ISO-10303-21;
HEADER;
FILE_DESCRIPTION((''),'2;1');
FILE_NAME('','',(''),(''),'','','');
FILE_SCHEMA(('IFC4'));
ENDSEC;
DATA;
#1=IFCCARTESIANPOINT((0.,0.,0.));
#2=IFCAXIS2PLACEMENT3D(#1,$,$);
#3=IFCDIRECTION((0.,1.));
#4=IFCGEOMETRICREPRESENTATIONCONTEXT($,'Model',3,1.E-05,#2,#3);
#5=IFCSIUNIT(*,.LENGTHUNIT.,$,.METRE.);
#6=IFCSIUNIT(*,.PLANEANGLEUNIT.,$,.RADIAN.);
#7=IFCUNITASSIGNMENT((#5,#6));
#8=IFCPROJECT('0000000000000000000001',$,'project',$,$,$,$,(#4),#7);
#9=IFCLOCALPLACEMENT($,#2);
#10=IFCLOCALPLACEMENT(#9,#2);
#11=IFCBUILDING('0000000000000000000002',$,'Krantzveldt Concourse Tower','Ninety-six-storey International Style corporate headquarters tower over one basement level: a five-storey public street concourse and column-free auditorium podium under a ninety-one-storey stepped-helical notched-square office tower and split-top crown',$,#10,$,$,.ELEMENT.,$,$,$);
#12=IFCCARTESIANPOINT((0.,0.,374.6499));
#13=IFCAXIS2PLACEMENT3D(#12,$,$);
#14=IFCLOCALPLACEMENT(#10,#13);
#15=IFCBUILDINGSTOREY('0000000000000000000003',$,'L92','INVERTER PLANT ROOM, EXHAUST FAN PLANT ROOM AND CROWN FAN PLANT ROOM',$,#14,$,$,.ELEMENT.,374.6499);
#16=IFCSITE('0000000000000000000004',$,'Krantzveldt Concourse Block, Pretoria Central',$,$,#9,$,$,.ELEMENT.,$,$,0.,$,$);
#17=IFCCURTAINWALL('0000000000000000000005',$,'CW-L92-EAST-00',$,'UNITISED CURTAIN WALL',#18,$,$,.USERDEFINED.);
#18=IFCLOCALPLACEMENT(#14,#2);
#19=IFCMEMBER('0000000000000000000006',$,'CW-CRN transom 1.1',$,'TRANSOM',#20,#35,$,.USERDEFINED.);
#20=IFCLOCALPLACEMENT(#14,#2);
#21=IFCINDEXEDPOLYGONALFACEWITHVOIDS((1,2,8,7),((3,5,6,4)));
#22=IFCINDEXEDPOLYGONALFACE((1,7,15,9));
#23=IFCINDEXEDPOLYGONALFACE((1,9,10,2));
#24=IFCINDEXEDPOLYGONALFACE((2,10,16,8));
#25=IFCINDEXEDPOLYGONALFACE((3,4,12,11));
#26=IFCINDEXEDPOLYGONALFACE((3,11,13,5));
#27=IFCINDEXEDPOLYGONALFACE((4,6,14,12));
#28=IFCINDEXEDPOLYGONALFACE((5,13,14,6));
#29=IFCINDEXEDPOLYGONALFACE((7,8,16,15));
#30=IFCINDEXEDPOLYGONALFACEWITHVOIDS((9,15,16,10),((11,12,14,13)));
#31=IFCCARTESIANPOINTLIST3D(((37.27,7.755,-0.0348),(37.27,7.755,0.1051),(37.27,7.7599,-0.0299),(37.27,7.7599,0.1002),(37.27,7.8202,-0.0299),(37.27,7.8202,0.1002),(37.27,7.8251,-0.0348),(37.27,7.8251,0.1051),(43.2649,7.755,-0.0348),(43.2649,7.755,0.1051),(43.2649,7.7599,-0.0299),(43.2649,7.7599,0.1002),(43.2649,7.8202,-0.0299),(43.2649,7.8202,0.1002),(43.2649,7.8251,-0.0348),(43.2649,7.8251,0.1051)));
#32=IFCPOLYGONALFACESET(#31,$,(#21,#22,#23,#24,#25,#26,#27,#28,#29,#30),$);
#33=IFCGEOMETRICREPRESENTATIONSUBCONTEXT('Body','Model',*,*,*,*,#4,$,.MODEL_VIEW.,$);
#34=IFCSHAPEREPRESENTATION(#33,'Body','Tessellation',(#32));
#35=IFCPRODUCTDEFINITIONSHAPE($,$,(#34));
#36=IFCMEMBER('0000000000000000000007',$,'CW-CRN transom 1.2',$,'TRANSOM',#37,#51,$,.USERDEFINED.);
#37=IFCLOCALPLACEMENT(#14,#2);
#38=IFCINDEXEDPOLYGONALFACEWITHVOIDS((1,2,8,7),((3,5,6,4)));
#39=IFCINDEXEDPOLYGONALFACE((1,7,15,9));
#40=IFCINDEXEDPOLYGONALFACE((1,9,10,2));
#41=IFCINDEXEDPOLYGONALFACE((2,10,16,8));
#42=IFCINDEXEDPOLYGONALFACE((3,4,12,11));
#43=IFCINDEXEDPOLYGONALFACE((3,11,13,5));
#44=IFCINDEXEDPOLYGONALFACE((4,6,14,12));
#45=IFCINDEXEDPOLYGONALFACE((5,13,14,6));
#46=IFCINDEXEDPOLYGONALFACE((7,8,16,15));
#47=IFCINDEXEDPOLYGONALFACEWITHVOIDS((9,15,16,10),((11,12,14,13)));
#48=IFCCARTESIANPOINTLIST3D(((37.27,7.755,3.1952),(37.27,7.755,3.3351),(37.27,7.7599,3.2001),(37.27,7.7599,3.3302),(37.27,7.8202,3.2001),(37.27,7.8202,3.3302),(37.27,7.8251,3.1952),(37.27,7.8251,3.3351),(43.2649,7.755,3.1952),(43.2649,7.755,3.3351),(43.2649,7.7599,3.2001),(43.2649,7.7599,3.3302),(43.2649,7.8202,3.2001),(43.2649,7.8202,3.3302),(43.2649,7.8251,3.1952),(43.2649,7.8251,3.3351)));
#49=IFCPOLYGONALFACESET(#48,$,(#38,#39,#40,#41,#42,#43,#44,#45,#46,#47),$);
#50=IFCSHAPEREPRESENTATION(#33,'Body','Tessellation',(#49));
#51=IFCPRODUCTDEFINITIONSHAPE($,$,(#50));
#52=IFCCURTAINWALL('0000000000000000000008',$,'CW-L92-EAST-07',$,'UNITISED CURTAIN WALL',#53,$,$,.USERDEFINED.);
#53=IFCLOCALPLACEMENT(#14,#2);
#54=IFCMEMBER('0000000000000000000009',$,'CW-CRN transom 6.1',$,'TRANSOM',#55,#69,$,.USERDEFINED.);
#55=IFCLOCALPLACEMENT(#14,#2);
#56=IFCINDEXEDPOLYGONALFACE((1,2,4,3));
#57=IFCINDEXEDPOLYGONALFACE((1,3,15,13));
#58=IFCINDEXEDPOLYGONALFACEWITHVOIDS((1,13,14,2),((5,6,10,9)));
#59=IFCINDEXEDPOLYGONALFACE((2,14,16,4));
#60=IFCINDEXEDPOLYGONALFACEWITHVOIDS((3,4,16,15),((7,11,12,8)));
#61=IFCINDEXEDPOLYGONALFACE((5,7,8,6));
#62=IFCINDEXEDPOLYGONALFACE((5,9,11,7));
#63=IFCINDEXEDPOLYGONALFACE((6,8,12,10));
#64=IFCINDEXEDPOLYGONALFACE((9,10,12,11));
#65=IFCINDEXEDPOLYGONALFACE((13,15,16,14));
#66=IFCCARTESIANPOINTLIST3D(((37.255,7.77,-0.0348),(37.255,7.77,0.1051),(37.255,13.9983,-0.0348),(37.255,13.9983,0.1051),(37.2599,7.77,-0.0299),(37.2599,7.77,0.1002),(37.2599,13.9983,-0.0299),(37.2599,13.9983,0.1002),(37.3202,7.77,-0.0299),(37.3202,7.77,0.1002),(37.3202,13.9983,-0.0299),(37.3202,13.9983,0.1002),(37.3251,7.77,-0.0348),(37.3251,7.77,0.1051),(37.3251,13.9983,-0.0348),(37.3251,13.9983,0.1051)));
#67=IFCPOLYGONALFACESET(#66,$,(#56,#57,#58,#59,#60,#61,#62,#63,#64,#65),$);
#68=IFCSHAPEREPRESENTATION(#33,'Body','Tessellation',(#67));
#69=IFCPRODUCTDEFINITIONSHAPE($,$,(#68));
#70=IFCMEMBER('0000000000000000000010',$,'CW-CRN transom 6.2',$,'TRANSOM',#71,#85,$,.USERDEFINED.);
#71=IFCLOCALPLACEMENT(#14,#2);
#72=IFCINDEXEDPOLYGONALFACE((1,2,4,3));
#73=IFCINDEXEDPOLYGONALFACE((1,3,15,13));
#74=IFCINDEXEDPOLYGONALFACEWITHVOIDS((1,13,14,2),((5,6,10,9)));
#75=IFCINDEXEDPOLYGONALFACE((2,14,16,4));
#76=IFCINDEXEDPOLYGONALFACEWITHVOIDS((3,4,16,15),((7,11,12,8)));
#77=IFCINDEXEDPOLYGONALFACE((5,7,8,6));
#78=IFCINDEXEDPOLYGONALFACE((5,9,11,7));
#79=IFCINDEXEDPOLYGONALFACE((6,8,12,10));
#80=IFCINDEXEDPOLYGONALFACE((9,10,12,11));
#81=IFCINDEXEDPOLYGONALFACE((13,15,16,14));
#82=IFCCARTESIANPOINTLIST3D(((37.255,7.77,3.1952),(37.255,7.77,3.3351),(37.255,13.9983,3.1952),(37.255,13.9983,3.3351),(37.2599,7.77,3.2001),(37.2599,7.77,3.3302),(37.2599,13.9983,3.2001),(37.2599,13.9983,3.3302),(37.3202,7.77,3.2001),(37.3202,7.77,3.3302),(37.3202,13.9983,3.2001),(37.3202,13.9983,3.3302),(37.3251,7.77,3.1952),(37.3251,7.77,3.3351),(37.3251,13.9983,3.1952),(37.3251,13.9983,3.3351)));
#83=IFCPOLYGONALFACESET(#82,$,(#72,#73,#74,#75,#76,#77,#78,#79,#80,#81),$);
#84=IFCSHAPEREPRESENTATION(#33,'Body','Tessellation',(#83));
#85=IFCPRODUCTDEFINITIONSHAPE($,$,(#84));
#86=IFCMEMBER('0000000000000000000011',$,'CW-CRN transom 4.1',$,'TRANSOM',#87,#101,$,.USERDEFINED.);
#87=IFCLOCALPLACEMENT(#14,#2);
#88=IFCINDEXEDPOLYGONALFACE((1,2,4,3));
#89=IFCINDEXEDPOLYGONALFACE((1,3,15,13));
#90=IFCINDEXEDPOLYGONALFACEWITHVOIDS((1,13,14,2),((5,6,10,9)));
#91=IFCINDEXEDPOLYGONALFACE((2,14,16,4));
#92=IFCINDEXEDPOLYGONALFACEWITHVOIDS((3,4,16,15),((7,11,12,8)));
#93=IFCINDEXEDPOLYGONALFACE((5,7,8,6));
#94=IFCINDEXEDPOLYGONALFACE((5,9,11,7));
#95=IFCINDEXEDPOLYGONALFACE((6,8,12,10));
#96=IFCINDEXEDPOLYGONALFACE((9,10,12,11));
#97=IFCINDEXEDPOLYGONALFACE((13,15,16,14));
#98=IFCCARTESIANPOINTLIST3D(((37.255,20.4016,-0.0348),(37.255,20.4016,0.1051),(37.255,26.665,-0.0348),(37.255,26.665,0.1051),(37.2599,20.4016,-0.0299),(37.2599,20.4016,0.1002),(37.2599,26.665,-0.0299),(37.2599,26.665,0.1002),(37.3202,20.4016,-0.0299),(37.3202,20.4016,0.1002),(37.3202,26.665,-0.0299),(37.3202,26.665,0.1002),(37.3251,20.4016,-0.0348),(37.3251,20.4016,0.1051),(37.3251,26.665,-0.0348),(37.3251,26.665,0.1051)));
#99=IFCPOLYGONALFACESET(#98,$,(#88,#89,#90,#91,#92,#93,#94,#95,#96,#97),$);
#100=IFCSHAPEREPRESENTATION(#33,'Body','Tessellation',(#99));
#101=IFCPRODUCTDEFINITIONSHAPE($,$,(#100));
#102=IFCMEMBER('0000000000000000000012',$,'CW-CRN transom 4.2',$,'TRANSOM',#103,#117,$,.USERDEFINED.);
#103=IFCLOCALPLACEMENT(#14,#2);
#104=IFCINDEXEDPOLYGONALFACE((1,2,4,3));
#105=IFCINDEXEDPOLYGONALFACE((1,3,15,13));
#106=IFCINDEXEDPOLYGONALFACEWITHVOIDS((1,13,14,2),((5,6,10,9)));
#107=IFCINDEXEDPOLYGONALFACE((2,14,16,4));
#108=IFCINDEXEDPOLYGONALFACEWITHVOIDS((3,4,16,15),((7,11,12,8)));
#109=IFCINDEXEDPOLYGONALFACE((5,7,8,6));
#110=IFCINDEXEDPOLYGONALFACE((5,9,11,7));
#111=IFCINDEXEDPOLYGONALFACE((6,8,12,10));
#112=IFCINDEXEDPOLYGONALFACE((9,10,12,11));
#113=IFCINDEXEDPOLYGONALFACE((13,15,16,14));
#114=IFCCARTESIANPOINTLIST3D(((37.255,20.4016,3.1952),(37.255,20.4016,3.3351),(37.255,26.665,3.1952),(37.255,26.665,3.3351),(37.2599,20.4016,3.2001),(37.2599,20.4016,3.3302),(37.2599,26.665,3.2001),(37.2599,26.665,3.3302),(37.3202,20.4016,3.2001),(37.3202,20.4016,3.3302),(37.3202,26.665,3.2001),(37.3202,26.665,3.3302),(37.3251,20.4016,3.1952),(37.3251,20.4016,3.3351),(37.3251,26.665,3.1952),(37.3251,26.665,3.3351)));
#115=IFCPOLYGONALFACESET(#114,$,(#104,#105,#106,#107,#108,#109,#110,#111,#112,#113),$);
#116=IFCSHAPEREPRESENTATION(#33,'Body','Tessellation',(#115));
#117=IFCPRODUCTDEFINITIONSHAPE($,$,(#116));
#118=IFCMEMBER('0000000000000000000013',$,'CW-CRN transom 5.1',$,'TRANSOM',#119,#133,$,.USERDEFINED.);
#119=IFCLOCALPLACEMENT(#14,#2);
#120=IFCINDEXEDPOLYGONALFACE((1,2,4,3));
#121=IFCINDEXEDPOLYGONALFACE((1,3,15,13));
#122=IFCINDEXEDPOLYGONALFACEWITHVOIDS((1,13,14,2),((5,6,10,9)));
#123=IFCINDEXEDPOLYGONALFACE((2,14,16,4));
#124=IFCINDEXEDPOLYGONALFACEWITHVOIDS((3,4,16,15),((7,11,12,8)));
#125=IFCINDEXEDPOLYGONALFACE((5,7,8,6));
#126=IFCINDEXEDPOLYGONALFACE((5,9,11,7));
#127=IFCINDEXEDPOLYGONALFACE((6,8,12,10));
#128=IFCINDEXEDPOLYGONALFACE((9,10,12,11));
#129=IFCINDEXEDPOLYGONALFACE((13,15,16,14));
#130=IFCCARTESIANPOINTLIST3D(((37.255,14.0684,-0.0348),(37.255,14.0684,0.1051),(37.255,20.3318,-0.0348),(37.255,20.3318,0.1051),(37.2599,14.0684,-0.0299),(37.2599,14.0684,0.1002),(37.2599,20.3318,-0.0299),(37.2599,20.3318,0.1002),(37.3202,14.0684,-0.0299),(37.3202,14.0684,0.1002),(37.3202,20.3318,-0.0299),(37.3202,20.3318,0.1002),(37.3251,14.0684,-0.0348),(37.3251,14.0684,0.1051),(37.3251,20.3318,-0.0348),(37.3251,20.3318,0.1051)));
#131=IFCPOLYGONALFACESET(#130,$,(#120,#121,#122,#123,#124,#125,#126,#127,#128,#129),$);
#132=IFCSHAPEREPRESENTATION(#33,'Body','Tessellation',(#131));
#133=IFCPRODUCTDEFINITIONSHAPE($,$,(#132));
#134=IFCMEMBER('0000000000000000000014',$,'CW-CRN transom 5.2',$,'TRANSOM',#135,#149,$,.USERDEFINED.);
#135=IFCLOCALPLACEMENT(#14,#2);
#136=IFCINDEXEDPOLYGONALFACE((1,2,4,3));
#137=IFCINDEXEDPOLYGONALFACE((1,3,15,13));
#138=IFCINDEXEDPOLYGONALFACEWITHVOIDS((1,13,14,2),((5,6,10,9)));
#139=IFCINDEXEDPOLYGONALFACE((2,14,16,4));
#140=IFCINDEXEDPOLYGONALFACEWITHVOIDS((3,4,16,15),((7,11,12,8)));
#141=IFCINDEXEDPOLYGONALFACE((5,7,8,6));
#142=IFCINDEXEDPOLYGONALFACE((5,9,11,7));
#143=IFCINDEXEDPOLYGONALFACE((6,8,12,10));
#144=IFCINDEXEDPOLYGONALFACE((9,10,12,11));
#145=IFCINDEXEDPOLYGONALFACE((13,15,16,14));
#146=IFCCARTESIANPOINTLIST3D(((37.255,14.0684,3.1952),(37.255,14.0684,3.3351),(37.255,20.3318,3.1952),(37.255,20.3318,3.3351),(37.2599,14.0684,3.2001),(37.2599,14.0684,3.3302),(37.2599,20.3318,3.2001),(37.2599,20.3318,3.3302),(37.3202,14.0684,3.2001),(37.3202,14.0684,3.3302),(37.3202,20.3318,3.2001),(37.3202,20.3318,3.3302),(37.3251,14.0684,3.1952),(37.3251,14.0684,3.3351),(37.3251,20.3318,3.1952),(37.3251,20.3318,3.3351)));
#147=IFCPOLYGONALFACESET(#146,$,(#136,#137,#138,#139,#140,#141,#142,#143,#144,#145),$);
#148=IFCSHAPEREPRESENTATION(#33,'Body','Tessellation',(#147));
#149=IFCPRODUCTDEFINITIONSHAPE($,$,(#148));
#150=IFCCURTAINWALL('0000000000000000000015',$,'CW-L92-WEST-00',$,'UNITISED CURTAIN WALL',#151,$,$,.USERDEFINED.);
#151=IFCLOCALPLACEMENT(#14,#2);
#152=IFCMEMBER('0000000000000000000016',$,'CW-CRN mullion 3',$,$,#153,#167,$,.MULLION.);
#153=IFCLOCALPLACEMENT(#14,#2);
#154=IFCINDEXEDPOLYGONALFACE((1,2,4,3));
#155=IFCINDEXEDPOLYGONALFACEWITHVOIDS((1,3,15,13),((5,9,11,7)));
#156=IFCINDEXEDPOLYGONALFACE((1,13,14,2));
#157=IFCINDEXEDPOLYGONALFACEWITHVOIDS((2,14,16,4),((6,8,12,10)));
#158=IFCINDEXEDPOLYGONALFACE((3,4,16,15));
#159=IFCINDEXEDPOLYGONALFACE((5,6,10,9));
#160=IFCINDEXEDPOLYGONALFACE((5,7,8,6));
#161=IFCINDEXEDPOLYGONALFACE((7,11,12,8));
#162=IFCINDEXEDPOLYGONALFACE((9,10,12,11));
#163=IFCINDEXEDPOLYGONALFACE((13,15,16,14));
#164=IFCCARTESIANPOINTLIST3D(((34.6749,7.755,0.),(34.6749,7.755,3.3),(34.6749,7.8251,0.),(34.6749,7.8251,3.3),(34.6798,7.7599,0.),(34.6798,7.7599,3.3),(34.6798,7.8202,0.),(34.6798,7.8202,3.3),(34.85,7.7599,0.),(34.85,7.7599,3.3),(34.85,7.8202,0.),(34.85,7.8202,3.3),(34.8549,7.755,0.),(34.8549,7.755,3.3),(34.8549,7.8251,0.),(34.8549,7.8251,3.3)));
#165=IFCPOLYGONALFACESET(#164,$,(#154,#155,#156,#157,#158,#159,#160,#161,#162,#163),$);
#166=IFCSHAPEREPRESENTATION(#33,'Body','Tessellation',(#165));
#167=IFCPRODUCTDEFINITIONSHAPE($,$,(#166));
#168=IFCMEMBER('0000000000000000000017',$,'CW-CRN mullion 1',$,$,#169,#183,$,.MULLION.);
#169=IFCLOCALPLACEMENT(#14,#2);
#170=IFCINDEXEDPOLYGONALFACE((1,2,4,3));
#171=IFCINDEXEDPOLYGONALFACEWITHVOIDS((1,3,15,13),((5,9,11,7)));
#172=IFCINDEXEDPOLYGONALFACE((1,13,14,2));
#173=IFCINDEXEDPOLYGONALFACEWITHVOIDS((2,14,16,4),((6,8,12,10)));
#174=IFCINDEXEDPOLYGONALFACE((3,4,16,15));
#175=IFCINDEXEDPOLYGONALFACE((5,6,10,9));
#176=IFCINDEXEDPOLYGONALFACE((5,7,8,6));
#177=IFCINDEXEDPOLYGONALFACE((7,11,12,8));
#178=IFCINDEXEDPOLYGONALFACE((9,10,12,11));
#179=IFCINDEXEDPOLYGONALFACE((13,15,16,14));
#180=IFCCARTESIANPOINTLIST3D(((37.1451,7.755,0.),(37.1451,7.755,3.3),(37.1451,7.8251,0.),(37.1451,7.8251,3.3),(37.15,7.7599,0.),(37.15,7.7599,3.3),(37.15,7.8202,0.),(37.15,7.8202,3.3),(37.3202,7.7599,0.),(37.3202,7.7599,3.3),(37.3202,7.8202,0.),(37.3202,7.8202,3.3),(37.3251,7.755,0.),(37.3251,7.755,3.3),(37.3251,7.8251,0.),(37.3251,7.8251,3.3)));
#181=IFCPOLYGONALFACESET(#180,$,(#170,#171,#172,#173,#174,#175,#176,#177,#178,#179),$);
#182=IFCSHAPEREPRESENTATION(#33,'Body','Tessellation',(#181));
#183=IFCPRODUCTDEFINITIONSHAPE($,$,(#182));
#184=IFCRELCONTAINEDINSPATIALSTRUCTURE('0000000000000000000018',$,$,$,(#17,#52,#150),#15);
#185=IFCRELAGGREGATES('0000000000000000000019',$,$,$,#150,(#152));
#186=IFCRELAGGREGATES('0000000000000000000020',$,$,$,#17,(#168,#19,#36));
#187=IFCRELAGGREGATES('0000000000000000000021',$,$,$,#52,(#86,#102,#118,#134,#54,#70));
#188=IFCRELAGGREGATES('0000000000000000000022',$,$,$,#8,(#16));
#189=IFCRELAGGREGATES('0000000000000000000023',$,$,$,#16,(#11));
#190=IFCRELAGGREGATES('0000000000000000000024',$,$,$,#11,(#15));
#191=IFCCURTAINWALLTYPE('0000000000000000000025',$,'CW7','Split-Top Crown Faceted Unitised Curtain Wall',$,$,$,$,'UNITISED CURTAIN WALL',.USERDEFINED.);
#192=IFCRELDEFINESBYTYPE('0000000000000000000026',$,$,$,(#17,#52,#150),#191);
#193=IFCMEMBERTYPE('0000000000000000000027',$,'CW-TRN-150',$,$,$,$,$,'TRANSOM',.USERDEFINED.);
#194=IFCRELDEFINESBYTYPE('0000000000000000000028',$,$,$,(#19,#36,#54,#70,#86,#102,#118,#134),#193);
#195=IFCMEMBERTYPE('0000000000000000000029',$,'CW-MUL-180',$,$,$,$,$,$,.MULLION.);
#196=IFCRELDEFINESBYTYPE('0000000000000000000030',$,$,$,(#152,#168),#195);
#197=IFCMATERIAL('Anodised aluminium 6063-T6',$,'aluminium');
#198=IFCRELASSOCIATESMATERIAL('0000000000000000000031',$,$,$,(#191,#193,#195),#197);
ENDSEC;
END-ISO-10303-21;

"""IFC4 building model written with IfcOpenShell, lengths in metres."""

from ifc_helpers import new_model, si_unit, direction, frame, origin, origin_2d, place, context, subcontext, project, spatial, hollow_rectangle, extrude, source, transform, mapped, material, material_profile, profile_set, type_object, type_shapes, element, aggregate, save


model = new_model("IFC4")

# Units and contexts
model_context = context("Model", 3, precision=1e-05, world=origin(), true_north=direction((0.0, 1.0)))
body_context = subcontext(model_context, "Body", "Model", "MODEL_VIEW")
ifc_project = project(units=[si_unit("LENGTHUNIT", "METRE"), si_unit("PLANEANGLEUNIT", "RADIAN")], contexts=[model_context])

# Site, building, storey
site_placement = place(None, origin())
site = spatial("IfcSite", under=ifc_project, at=site_placement, Name="Krantzveldt Concourse Block, Pretoria Central", CompositionType="ELEMENT", RefElevation=0.0)
building_placement = place(site_placement, origin())
building = spatial("IfcBuilding", under=site, at=building_placement, Name="Krantzveldt Concourse Tower", Description="Ninety-six-storey International Style corporate headquarters tower over one basement level: a five-storey public street concourse and column-free auditorium podium under a ninety-one-storey stepped-helical notched-square office tower and split-top crown", CompositionType="ELEMENT")
storey_placement = place(building_placement, frame((0.0, 0.0, 374.6499)))
storey = spatial("IfcBuildingStorey", under=building, at=storey_placement, Name="L92", Description="INVERTER PLANT ROOM, EXHAUST FAN PLANT ROOM AND CROWN FAN PLANT ROOM", CompositionType="ELEMENT", Elevation=374.6499)

# Curtain walls, members
ifc_material_1 = material(Name="Anodised aluminium 6063-T6", Category="aluminium")
curtain_wall_type = type_object("IfcCurtainWallType", Name="CW7", Description="Split-Top Crown Faceted Unitised Curtain Wall", ElementType="UNITISED CURTAIN WALL", PredefinedType="USERDEFINED", material=ifc_material_1)
curtain_wall_1_placement = place(storey_placement, origin())
curtain_wall_1 = element("IfcCurtainWall", 1, at=curtain_wall_1_placement, inside=storey, type_object=curtain_wall_type, Name="CW-L92-EAST-00", ObjectType="UNITISED CURTAIN WALL", PredefinedType="USERDEFINED")
ifc_material_profile_1 = material_profile(ifc_material_1, hollow_rectangle(XDim=0.0701, YDim=0.1399, WallThickness=0.0049, at=origin_2d()), Name="Anodised aluminium 6063-T6", Category="aluminium")
ifc_profile_set_1 = profile_set([ifc_material_profile_1], Name="Anodised aluminium 6063-T6 - ALU-TRAN 140x70x5")
member_type_1 = type_object("IfcMemberType", Name="CW-TRN-150", ElementType="TRANSOM", PredefinedType="USERDEFINED", material=ifc_profile_set_1)
shared_shape_1 = source(origin(), body_context, "Body", "SweptSolid", [
    extrude(hollow_rectangle(XDim=0.0701, YDim=0.1399, WallThickness=0.0049, at=origin_2d()), origin(), (0.0, 0.0, 1.0), 5.9949),
])
member_1_placement = place(storey_placement, frame((37.27, 7.79, 0.0352), z_axis=(1.0, 0.0, 0.0), x_axis=(0.0, 1.0, 0.0)))
member_1 = element("IfcMember", 2, at=member_1_placement, type_object=member_type_1, Name="CW-CRN transom 1.1", ObjectType="TRANSOM", PredefinedType="USERDEFINED", context=body_context, shape_type="MappedRepresentation", body=[
    mapped(shared_shape_1, transform((0.0, 0.0, 0.0), x_axis=(1.0, 0.0, 0.0), y_axis=(0.0, 1.0, 0.0), z_axis=(0.0, 0.0, 1.0), scale=1.0)),
])
member_2_placement = place(storey_placement, frame((37.27, 7.79, 3.2651), z_axis=(1.0, 0.0, 0.0), x_axis=(0.0, 1.0, 0.0)))
member_2 = element("IfcMember", 3, at=member_2_placement, type_object=member_type_1, Name="CW-CRN transom 1.2", ObjectType="TRANSOM", PredefinedType="USERDEFINED", context=body_context, shape_type="MappedRepresentation", body=[
    mapped(shared_shape_1, transform((0.0, 0.0, 0.0), x_axis=(1.0, 0.0, 0.0), y_axis=(0.0, 1.0, 0.0), z_axis=(0.0, 0.0, 1.0), scale=1.0)),
])
curtain_wall_2_placement = place(storey_placement, origin())
curtain_wall_2 = element("IfcCurtainWall", 4, at=curtain_wall_2_placement, inside=storey, type_object=curtain_wall_type, Name="CW-L92-EAST-07", ObjectType="UNITISED CURTAIN WALL", PredefinedType="USERDEFINED")
shared_shape_2 = source(origin(), body_context, "Body", "SweptSolid", [
    extrude(hollow_rectangle(XDim=0.0701, YDim=0.1399, WallThickness=0.0049, at=origin_2d()), origin(), (0.0, 0.0, 1.0), 6.2283),
])
member_3_placement = place(storey_placement, frame((37.29, 13.9983, 0.0352), z_axis=(0.0, -1.0, 0.0), x_axis=(1.0, 0.0, 0.0)))
member_3 = element("IfcMember", 5, at=member_3_placement, type_object=member_type_1, Name="CW-CRN transom 6.1", ObjectType="TRANSOM", PredefinedType="USERDEFINED", context=body_context, shape_type="MappedRepresentation", body=[
    mapped(shared_shape_2, transform((0.0, 0.0, 0.0), x_axis=(1.0, 0.0, 0.0), y_axis=(0.0, 1.0, 0.0), z_axis=(0.0, 0.0, 1.0), scale=1.0)),
])
member_4_placement = place(storey_placement, frame((37.29, 13.9983, 3.2651), z_axis=(0.0, -1.0, 0.0), x_axis=(1.0, 0.0, 0.0)))
member_4 = element("IfcMember", 6, at=member_4_placement, type_object=member_type_1, Name="CW-CRN transom 6.2", ObjectType="TRANSOM", PredefinedType="USERDEFINED", context=body_context, shape_type="MappedRepresentation", body=[
    mapped(shared_shape_2, transform((0.0, 0.0, 0.0), x_axis=(1.0, 0.0, 0.0), y_axis=(0.0, 1.0, 0.0), z_axis=(0.0, 0.0, 1.0), scale=1.0)),
])
shared_shape_3 = source(origin(), body_context, "Body", "SweptSolid", [
    extrude(hollow_rectangle(XDim=0.0701, YDim=0.1399, WallThickness=0.0049, at=origin_2d()), origin(), (0.0, 0.0, 1.0), 6.2634),
])
type_shapes(member_type_1, [shared_shape_1, shared_shape_2, shared_shape_3])
member_5_placement = place(storey_placement, frame((37.29, 26.665, 0.0352), z_axis=(0.0, -1.0, 0.0), x_axis=(1.0, 0.0, 0.0)))
member_5 = element("IfcMember", 7, at=member_5_placement, type_object=member_type_1, Name="CW-CRN transom 4.1", ObjectType="TRANSOM", PredefinedType="USERDEFINED", context=body_context, shape_type="MappedRepresentation", body=[
    mapped(shared_shape_3, transform((0.0, 0.0, 0.0), x_axis=(1.0, 0.0, 0.0), y_axis=(0.0, 1.0, 0.0), z_axis=(0.0, 0.0, 1.0), scale=1.0)),
])
member_6_placement = place(storey_placement, frame((37.29, 26.665, 3.2651), z_axis=(0.0, -1.0, 0.0), x_axis=(1.0, 0.0, 0.0)))
member_6 = element("IfcMember", 8, at=member_6_placement, type_object=member_type_1, Name="CW-CRN transom 4.2", ObjectType="TRANSOM", PredefinedType="USERDEFINED", context=body_context, shape_type="MappedRepresentation", body=[
    mapped(shared_shape_3, transform((0.0, 0.0, 0.0), x_axis=(1.0, 0.0, 0.0), y_axis=(0.0, 1.0, 0.0), z_axis=(0.0, 0.0, 1.0), scale=1.0)),
])
member_7_placement = place(storey_placement, frame((37.29, 20.3318, 0.0352), z_axis=(0.0, -1.0, 0.0), x_axis=(1.0, 0.0, 0.0)))
member_7 = element("IfcMember", 9, at=member_7_placement, type_object=member_type_1, Name="CW-CRN transom 5.1", ObjectType="TRANSOM", PredefinedType="USERDEFINED", context=body_context, shape_type="MappedRepresentation", body=[
    mapped(shared_shape_3, transform((0.0, 0.0, 0.0), x_axis=(1.0, 0.0, 0.0), y_axis=(0.0, 1.0, 0.0), z_axis=(0.0, 0.0, 1.0), scale=1.0)),
])
member_8_placement = place(storey_placement, frame((37.29, 20.3318, 3.2651), z_axis=(0.0, -1.0, 0.0), x_axis=(1.0, 0.0, 0.0)))
member_8 = element("IfcMember", 10, at=member_8_placement, type_object=member_type_1, Name="CW-CRN transom 5.2", ObjectType="TRANSOM", PredefinedType="USERDEFINED", context=body_context, shape_type="MappedRepresentation", body=[
    mapped(shared_shape_3, transform((0.0, 0.0, 0.0), x_axis=(1.0, 0.0, 0.0), y_axis=(0.0, 1.0, 0.0), z_axis=(0.0, 0.0, 1.0), scale=1.0)),
])

# Curtain wall, member
curtain_wall_3_placement = place(storey_placement, origin())
curtain_wall_3 = element("IfcCurtainWall", 11, at=curtain_wall_3_placement, inside=storey, type_object=curtain_wall_type, Name="CW-L92-WEST-00", ObjectType="UNITISED CURTAIN WALL", PredefinedType="USERDEFINED")
ifc_material_profile_2 = material_profile(ifc_material_1, hollow_rectangle(XDim=0.0701, YDim=0.1799, WallThickness=0.0049, at=origin_2d()), Name="Anodised aluminium 6063-T6", Category="aluminium")
ifc_profile_set_2 = profile_set([ifc_material_profile_2], Name="Anodised aluminium 6063-T6 - ALU-MULL 180x70x5")
member_type_2 = type_object("IfcMemberType", Name="CW-MUL-180", PredefinedType="MULLION", material=ifc_profile_set_2)
shared_shape_4 = source(origin(), body_context, "Body", "SweptSolid", [
    extrude(hollow_rectangle(XDim=0.0701, YDim=0.1799, WallThickness=0.0049, at=origin_2d()), origin(), (0.0, 0.0, 1.0), 3.3),
])
type_shapes(member_type_2, [shared_shape_4])
member_9_placement = place(storey_placement, frame((34.7649, 7.79, 0.0), z_axis=(0.0, 0.0, 1.0), x_axis=(0.0, 1.0, 0.0)))
member_9 = element("IfcMember", 12, at=member_9_placement, type_object=member_type_2, Name="CW-CRN mullion 3", PredefinedType="MULLION", context=body_context, shape_type="MappedRepresentation", body=[
    mapped(shared_shape_4, transform((0.0, 0.0, 0.0), x_axis=(1.0, 0.0, 0.0), y_axis=(0.0, 1.0, 0.0), z_axis=(0.0, 0.0, 1.0), scale=1.0)),
])
aggregate(curtain_wall_3, [member_9])

# Member
member_10_placement = place(storey_placement, frame((37.2351, 7.79, 0.0), z_axis=(0.0, 0.0, 1.0), x_axis=(0.0, 1.0, 0.0)))
member_10 = element("IfcMember", 13, at=member_10_placement, type_object=member_type_2, Name="CW-CRN mullion 1", PredefinedType="MULLION", context=body_context, shape_type="MappedRepresentation", body=[
    mapped(shared_shape_4, transform((0.0, 0.0, 0.0), x_axis=(1.0, 0.0, 0.0), y_axis=(0.0, 1.0, 0.0), z_axis=(0.0, 0.0, 1.0), scale=1.0)),
])

aggregate(curtain_wall_1, [member_10, member_1, member_2])
aggregate(curtain_wall_2, [member_5, member_6, member_7, member_8, member_3, member_4])

save(model, "model.ifc")
